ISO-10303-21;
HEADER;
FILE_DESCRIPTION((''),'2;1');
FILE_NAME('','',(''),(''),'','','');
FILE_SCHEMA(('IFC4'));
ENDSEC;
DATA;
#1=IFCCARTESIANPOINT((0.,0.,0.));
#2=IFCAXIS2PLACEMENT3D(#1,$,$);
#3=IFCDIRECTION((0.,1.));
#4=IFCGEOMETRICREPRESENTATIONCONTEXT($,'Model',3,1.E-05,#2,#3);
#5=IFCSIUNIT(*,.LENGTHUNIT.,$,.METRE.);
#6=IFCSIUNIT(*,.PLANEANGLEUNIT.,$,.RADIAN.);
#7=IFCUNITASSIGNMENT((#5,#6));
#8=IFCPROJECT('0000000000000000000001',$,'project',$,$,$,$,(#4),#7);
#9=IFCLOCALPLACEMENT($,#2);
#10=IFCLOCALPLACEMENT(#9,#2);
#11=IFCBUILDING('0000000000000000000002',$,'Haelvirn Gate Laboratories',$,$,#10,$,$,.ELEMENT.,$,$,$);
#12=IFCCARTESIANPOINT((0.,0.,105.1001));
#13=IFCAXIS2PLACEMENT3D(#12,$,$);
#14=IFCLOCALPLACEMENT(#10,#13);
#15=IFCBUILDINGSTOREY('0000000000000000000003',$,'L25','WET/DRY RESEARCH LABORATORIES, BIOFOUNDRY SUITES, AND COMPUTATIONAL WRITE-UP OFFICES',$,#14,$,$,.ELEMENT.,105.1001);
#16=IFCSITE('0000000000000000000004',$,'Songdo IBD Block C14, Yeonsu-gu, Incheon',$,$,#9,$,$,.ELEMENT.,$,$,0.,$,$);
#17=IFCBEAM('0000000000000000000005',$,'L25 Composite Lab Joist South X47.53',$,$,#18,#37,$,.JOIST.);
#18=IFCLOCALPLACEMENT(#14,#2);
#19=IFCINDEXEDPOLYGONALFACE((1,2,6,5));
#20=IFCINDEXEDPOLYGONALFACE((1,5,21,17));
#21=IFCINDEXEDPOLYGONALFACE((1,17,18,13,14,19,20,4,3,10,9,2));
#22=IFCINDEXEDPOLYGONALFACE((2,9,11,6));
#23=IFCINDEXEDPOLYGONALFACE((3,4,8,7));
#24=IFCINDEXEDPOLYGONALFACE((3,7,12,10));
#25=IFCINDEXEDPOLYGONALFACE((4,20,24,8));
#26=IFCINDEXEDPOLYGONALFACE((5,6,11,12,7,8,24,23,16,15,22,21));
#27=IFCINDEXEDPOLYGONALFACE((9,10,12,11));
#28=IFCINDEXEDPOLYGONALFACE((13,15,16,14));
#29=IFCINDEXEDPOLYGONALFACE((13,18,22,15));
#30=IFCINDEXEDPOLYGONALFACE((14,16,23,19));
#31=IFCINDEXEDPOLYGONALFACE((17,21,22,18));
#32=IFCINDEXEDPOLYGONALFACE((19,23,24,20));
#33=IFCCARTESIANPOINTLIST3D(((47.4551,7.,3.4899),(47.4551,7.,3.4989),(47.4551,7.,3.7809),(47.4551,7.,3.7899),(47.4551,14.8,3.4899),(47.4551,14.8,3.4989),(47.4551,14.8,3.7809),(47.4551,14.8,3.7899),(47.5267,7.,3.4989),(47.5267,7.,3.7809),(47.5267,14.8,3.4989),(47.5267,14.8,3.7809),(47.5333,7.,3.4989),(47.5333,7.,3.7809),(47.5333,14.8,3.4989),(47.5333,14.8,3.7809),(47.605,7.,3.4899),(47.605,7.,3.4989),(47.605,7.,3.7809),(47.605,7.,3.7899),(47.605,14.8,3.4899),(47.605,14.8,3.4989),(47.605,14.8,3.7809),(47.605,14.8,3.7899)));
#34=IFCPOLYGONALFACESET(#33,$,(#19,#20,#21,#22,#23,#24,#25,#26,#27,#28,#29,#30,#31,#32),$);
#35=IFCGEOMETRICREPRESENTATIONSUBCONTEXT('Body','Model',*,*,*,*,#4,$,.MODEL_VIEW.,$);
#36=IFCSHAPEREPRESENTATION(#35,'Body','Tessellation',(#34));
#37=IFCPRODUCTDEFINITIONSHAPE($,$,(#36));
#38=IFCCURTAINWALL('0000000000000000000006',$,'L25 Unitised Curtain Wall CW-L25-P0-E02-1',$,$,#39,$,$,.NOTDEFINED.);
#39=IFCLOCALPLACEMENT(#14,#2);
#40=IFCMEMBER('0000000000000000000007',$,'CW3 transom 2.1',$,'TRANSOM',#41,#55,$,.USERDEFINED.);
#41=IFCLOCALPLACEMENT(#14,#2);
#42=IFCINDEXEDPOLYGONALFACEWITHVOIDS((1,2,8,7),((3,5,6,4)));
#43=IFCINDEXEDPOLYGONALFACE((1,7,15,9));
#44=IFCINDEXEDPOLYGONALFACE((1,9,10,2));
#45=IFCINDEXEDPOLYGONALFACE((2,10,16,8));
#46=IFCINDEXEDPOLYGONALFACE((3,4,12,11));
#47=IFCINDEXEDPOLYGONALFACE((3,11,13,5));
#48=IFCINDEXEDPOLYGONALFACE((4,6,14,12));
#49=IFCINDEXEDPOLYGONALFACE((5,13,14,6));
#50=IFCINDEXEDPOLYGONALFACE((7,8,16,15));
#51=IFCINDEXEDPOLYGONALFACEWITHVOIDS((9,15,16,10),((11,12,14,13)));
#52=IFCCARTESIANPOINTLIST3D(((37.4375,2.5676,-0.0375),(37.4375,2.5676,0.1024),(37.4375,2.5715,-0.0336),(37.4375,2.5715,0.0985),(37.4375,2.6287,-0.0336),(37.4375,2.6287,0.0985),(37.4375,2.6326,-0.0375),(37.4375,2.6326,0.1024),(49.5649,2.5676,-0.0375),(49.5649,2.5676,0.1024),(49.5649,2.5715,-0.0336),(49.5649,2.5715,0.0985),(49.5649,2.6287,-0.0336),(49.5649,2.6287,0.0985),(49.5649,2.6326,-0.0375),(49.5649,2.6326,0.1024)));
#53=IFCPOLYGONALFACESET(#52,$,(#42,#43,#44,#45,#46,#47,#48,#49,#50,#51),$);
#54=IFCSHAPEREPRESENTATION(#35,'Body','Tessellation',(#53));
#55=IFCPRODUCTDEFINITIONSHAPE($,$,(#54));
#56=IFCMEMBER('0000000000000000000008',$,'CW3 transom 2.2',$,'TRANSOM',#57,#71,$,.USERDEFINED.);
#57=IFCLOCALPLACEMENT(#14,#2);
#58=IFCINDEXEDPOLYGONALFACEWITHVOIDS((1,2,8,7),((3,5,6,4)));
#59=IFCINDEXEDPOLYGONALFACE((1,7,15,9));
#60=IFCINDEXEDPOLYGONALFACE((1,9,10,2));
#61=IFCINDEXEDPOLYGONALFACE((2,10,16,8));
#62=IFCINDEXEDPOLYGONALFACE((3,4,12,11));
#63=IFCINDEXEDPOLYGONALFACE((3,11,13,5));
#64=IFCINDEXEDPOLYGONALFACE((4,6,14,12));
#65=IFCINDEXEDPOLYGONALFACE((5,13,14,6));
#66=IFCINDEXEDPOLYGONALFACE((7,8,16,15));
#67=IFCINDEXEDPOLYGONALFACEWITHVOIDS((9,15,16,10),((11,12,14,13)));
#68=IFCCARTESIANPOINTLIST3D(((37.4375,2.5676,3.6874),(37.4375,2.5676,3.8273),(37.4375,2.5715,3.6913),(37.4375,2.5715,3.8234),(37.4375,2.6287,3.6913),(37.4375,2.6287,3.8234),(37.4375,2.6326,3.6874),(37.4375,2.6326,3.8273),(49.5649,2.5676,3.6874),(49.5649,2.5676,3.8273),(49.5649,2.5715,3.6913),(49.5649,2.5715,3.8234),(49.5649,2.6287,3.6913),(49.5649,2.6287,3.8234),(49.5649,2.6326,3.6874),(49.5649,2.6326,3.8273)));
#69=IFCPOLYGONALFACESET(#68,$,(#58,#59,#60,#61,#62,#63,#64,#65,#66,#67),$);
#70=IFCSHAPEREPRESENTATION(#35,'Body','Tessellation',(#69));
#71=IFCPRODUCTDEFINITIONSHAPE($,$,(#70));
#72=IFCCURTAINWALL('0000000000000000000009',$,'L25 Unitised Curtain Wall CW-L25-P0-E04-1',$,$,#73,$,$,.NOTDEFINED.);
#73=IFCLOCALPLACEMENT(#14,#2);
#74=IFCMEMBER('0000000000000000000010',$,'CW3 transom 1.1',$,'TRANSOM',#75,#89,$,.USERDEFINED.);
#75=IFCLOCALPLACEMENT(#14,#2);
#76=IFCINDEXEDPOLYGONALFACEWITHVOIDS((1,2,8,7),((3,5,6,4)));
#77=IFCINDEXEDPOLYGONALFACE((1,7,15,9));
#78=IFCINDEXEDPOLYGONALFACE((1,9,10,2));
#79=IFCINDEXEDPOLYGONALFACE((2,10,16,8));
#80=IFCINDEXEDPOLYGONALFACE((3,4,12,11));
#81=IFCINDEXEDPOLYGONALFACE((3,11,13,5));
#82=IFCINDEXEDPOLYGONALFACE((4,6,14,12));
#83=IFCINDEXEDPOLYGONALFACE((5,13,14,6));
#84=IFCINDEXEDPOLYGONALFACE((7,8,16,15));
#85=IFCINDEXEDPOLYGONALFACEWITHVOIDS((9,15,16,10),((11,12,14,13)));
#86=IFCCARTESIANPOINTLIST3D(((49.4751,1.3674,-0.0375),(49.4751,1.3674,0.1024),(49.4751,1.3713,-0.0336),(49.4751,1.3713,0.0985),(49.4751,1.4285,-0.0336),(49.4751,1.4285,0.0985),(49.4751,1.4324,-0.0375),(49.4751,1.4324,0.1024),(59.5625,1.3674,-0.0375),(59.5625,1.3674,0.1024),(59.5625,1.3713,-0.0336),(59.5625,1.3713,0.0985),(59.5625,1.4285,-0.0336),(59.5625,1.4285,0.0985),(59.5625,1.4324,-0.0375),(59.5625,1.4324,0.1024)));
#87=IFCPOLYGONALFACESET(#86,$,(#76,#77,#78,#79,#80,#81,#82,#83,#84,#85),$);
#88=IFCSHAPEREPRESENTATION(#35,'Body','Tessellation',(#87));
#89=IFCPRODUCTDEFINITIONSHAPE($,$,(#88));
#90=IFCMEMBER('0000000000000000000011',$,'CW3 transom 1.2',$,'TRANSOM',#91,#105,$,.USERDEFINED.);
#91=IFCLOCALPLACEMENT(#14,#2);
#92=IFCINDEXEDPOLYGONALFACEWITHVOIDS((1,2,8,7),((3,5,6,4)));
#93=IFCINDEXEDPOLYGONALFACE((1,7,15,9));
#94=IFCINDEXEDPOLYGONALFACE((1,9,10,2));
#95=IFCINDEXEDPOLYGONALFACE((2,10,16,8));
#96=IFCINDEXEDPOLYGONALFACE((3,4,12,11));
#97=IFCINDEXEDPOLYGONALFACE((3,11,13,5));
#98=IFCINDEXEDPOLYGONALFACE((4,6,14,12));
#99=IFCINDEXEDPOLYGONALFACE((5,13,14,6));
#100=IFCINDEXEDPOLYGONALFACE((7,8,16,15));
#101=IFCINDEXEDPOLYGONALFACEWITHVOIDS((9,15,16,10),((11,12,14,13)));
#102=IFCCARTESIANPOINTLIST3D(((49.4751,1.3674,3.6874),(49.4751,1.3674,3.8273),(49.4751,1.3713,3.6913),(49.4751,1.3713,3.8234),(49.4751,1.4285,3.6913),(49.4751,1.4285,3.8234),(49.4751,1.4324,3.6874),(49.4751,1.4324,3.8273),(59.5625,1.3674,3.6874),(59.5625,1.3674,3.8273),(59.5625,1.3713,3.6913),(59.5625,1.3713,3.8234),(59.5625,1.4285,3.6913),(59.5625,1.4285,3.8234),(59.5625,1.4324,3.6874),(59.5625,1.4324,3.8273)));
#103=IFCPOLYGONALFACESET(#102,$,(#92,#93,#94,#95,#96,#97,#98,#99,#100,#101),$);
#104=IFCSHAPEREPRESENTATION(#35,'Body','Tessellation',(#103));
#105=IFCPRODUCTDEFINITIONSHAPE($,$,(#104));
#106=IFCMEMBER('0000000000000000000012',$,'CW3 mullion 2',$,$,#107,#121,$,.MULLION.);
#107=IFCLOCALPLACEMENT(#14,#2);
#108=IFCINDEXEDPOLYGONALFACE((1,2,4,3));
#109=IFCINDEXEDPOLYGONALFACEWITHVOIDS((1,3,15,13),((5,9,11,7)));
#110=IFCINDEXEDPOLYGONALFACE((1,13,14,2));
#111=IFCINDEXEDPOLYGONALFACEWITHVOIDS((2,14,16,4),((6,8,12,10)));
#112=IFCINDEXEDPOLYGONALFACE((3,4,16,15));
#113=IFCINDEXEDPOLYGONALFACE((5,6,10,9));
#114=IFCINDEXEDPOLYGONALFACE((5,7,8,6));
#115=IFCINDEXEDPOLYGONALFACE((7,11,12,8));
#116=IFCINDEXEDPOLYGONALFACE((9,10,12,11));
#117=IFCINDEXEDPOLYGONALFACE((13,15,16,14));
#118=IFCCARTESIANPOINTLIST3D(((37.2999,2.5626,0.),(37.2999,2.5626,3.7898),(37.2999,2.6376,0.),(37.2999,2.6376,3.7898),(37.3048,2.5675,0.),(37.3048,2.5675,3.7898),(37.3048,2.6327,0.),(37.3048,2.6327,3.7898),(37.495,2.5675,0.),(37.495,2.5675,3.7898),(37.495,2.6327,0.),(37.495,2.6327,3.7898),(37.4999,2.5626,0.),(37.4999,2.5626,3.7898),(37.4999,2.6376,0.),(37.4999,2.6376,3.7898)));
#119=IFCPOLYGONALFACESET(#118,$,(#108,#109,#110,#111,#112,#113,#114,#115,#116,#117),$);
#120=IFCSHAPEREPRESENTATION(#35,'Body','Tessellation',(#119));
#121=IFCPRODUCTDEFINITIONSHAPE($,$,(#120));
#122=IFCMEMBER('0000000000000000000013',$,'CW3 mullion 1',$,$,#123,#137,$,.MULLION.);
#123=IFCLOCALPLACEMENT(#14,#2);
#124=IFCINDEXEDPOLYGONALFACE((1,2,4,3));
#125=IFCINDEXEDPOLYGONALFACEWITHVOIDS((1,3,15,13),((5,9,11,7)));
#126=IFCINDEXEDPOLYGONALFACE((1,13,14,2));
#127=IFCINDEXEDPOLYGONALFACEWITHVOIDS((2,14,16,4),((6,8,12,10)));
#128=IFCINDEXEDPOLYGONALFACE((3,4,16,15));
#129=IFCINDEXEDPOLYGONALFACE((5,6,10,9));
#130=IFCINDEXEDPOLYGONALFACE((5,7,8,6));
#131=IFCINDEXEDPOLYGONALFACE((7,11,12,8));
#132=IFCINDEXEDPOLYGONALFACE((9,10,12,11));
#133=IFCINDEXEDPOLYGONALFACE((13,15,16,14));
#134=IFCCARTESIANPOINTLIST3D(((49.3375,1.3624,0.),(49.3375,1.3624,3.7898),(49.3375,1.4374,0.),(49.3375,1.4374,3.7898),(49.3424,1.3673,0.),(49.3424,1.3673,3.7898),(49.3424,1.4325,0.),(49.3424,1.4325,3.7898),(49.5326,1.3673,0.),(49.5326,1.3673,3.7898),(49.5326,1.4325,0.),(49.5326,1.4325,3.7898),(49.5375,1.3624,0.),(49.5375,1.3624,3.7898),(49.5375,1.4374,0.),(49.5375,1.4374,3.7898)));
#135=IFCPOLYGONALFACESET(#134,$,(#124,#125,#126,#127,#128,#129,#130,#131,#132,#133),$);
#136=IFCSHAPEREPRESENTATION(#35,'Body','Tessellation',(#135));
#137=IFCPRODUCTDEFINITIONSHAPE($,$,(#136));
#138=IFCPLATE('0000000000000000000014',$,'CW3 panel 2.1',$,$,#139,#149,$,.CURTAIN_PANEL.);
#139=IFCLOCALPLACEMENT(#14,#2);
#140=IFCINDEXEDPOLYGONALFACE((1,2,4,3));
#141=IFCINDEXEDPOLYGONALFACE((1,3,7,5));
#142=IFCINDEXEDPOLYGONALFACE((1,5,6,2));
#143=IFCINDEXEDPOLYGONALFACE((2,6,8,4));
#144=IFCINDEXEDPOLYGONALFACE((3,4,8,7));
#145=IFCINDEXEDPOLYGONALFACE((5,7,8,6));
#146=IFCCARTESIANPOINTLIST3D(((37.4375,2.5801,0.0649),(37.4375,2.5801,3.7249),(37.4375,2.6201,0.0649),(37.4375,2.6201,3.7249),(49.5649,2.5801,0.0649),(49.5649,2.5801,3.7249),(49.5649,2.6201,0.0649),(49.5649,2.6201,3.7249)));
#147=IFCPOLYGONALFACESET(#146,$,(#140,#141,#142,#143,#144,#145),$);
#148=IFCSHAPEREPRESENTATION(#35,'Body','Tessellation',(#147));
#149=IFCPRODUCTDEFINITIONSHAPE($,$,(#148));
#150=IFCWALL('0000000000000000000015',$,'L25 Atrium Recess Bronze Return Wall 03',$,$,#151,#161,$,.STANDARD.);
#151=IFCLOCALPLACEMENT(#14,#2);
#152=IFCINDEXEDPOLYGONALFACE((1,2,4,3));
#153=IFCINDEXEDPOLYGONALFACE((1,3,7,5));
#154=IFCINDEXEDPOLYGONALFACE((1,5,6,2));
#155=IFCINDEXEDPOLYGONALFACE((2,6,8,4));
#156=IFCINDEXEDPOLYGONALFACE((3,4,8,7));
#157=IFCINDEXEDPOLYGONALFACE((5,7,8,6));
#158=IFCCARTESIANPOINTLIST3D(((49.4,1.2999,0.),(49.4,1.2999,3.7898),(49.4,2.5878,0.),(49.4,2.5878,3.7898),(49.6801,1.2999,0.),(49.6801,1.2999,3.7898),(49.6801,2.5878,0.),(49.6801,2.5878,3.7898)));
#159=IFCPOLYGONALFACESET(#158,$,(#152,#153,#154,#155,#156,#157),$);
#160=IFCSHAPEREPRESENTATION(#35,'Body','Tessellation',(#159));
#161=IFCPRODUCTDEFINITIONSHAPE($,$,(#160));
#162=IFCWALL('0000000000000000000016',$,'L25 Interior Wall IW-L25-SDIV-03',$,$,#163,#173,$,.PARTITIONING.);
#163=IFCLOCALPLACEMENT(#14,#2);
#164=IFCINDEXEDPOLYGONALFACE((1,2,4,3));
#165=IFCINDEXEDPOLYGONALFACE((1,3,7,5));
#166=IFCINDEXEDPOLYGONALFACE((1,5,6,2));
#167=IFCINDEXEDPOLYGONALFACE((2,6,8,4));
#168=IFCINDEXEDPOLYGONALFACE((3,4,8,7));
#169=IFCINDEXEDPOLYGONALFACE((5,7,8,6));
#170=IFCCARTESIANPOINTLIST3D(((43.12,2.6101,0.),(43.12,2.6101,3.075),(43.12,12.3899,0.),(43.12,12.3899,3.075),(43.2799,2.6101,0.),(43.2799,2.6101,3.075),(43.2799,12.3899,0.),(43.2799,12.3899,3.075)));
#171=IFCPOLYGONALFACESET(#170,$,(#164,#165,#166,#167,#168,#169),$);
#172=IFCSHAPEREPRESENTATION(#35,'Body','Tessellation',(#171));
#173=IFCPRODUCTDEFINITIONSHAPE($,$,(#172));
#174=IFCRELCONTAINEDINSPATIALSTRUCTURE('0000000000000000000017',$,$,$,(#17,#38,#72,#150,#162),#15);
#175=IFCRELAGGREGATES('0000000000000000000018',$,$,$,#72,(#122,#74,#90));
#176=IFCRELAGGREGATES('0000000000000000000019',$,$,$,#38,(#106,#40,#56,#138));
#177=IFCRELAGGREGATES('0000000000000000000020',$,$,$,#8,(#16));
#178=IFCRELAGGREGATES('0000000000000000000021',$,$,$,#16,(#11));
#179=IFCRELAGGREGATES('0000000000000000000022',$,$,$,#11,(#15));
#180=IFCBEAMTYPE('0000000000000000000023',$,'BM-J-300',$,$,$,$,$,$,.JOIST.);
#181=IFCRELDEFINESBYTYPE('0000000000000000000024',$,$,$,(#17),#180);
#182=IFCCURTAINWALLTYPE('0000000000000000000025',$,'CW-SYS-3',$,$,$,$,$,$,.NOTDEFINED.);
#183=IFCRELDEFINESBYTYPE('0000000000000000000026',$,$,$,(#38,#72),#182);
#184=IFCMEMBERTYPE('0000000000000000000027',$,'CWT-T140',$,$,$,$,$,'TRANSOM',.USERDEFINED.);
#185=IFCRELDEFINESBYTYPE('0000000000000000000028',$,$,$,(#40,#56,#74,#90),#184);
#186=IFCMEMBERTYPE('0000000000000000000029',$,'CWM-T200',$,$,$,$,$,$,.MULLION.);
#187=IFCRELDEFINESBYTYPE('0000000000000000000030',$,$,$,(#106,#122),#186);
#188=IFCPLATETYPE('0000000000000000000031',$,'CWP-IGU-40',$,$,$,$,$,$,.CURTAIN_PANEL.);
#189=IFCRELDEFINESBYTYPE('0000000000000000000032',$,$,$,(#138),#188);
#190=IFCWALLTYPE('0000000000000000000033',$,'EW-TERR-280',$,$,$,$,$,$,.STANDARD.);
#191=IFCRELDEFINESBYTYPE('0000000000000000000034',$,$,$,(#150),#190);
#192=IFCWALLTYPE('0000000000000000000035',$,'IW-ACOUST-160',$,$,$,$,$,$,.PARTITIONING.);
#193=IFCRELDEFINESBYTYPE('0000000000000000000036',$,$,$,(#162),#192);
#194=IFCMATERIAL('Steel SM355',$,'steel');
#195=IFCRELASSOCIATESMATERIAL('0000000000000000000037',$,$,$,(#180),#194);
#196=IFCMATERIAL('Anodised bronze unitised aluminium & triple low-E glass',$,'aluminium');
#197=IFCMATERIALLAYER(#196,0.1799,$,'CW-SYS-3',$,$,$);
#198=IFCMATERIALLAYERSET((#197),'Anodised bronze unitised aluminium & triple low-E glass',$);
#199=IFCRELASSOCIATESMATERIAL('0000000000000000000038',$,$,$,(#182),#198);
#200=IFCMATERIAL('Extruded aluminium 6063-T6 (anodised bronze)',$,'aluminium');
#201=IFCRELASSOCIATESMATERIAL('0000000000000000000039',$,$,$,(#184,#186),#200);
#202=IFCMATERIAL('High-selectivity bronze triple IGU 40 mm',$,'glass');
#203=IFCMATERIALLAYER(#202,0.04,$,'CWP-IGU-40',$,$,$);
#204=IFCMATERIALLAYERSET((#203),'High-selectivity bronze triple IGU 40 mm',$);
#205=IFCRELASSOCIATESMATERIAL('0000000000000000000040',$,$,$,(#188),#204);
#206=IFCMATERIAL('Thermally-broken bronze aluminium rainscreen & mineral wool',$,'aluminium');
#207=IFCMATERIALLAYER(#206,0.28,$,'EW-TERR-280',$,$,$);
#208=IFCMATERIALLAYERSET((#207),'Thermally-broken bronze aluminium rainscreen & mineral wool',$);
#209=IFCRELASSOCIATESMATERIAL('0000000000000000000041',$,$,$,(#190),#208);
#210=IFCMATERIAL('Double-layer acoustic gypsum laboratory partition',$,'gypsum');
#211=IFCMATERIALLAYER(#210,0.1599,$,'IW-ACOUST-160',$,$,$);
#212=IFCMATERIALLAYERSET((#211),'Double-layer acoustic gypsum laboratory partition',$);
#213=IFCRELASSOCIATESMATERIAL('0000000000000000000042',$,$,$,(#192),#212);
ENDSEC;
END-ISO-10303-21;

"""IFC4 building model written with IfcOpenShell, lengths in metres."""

from ifc_helpers import new_model, si_unit, direction, frame, frame_2d, origin, origin_2d, place, context, subcontext, project, spatial, rectangle, hollow_rectangle, i_section, extrude, source, transform, mapped, material, layer, layer_set, material_profile, profile_set, type_object, type_shapes, element, aggregate, save


model = new_model("IFC4")

# Units and contexts
model_context = context("Model", 3, precision=1e-05, world=origin(), true_north=direction((0.0, 1.0)))
body_context = subcontext(model_context, "Body", "Model", "MODEL_VIEW")
ifc_project = project(units=[si_unit("LENGTHUNIT", "METRE"), si_unit("PLANEANGLEUNIT", "RADIAN")], contexts=[model_context])

# Site, building, storey
site_placement = place(None, origin())
site = spatial("IfcSite", under=ifc_project, at=site_placement, Name="Songdo IBD Block C14, Yeonsu-gu, Incheon", CompositionType="ELEMENT", RefElevation=0.0)
building_placement = place(site_placement, origin())
building = spatial("IfcBuilding", under=site, at=building_placement, Name="Haelvirn Gate Laboratories", CompositionType="ELEMENT")
storey_placement = place(building_placement, frame((0.0, 0.0, 105.1001)))
storey = spatial("IfcBuildingStorey", under=building, at=storey_placement, Name="L25", Description="WET/DRY RESEARCH LABORATORIES, BIOFOUNDRY SUITES, AND COMPUTATIONAL WRITE-UP OFFICES", CompositionType="ELEMENT", Elevation=105.1001)

# Shared definitions
ifc_material_1 = material(Name="Steel SM355", Category="steel")

# Beam
ifc_material_profile_1 = material_profile(ifc_material_1, i_section(OverallWidth=0.1499, OverallDepth=0.3, WebThickness=0.0066, FlangeThickness=0.009, at=origin_2d()), Name="H-300x150x6.5x9")
ifc_profile_set_1 = profile_set([ifc_material_profile_1], Name="Steel SM355")
beam_type_1 = type_object("IfcBeamType", Name="BM-J-300", PredefinedType="JOIST", material=ifc_profile_set_1)
shared_shape_1 = source(origin(), body_context, "Body", "SweptSolid", [
    extrude(i_section(OverallWidth=0.1499, OverallDepth=0.3, WebThickness=0.0066, FlangeThickness=0.009, at=origin_2d()), origin(), (0.0, 0.0, 1.0), 7.8),
])
type_shapes(beam_type_1, [shared_shape_1])
for number, where, z_axis, x_axis, name in (
    (1, (47.53, 7.0, 3.6399), (0.0, 1.0, 0.0), (-1.0, 0.0, 0.0), "L25 Composite Lab Joist South X47.53"),
):
    element("IfcBeam", number, at=place(storey_placement, frame(where, z_axis=z_axis, x_axis=x_axis)), inside=storey, type_object=beam_type_1, Name=name, PredefinedType="JOIST", context=body_context, shape_type="MappedRepresentation", body=[
        mapped(shared_shape_1, transform((0.0, 0.0, 0.0), scale=1.0)),
    ])

# Curtain walls, members
ifc_material_2 = material(Name="Anodised bronze unitised aluminium & triple low-E glass", Category="aluminium")
ifc_layer_1 = layer(ifc_material_2, 0.1799, Name="CW-SYS-3")
ifc_layer_set_1 = layer_set([ifc_layer_1], Name="Anodised bronze unitised aluminium & triple low-E glass")
curtain_wall_type = type_object("IfcCurtainWallType", Name="CW-SYS-3", PredefinedType="NOTDEFINED", material=ifc_layer_set_1)
curtain_wall_1_placement = place(storey_placement, origin())
curtain_wall_1 = element("IfcCurtainWall", 2, at=curtain_wall_1_placement, inside=storey, type_object=curtain_wall_type, Name="L25 Unitised Curtain Wall CW-L25-P0-E02-1", PredefinedType="NOTDEFINED")
ifc_material_3 = material(Name="Extruded aluminium 6063-T6 (anodised bronze)", Category="aluminium")
ifc_material_profile_2 = material_profile(ifc_material_3, hollow_rectangle(XDim=0.0649, YDim=0.1399, WallThickness=0.0039, at=origin_2d()), Name="CWT-140x65x4")
ifc_profile_set_2 = profile_set([ifc_material_profile_2], Name="Extruded aluminium 6063-T6 (anodised bronze)")
member_type_1 = type_object("IfcMemberType", Name="CWT-T140", ElementType="TRANSOM", PredefinedType="USERDEFINED", material=ifc_profile_set_2)
shared_shape_2 = source(origin(), body_context, "Body", "SweptSolid", [
    extrude(hollow_rectangle(XDim=0.0649, YDim=0.1399, WallThickness=0.0039, at=origin_2d()), origin(), (0.0, 0.0, 1.0), 12.1274),
])
member_1_placement = place(storey_placement, frame((37.4375, 2.6001, 0.0325), z_axis=(1.0, 0.0, 0.0), x_axis=(0.0, 1.0, 0.0)))
member_1 = element("IfcMember", 3, at=member_1_placement, type_object=member_type_1, Name="CW3 transom 2.1", ObjectType="TRANSOM", PredefinedType="USERDEFINED", context=body_context, shape_type="MappedRepresentation", body=[
    mapped(shared_shape_2, transform((0.0, 0.0, 0.0), scale=1.0)),
])
member_2_placement = place(storey_placement, frame((37.4375, 2.6001, 3.7573), z_axis=(1.0, 0.0, 0.0), x_axis=(0.0, 1.0, 0.0)))
member_2 = element("IfcMember", 4, at=member_2_placement, type_object=member_type_1, Name="CW3 transom 2.2", ObjectType="TRANSOM", PredefinedType="USERDEFINED", context=body_context, shape_type="MappedRepresentation", body=[
    mapped(shared_shape_2, transform((0.0, 0.0, 0.0), scale=1.0)),
])
curtain_wall_2_placement = place(storey_placement, origin())
curtain_wall_2 = element("IfcCurtainWall", 5, at=curtain_wall_2_placement, inside=storey, type_object=curtain_wall_type, Name="L25 Unitised Curtain Wall CW-L25-P0-E04-1", PredefinedType="NOTDEFINED")
shared_shape_3 = source(origin(), body_context, "Body", "SweptSolid", [
    extrude(hollow_rectangle(XDim=0.0649, YDim=0.1399, WallThickness=0.0039, at=origin_2d()), origin(), (0.0, 0.0, 1.0), 10.0874),
])
type_shapes(member_type_1, [shared_shape_2, shared_shape_3])
member_3_placement = place(storey_placement, frame((49.4751, 1.3999, 0.0325), z_axis=(1.0, 0.0, 0.0), x_axis=(0.0, 1.0, 0.0)))
member_3 = element("IfcMember", 6, at=member_3_placement, type_object=member_type_1, Name="CW3 transom 1.1", ObjectType="TRANSOM", PredefinedType="USERDEFINED", context=body_context, shape_type="MappedRepresentation", body=[
    mapped(shared_shape_3, transform((0.0, 0.0, 0.0), scale=1.0)),
])
member_4_placement = place(storey_placement, frame((49.4751, 1.3999, 3.7573), z_axis=(1.0, 0.0, 0.0), x_axis=(0.0, 1.0, 0.0)))
member_4 = element("IfcMember", 7, at=member_4_placement, type_object=member_type_1, Name="CW3 transom 1.2", ObjectType="TRANSOM", PredefinedType="USERDEFINED", context=body_context, shape_type="MappedRepresentation", body=[
    mapped(shared_shape_3, transform((0.0, 0.0, 0.0), scale=1.0)),
])

# Members
ifc_material_profile_3 = material_profile(ifc_material_3, hollow_rectangle(XDim=0.075, YDim=0.2, WallThickness=0.0049, at=origin_2d()), Name="CWM-200x75x5")
ifc_profile_set_3 = profile_set([ifc_material_profile_3], Name="Extruded aluminium 6063-T6 (anodised bronze)")
member_type_2 = type_object("IfcMemberType", Name="CWM-T200", PredefinedType="MULLION", material=ifc_profile_set_3)
shared_shape_4 = source(origin(), body_context, "Body", "SweptSolid", [
    extrude(hollow_rectangle(XDim=0.075, YDim=0.2, WallThickness=0.0049, at=origin_2d()), origin(), (0.0, 0.0, 1.0), 3.7898),
])
type_shapes(member_type_2, [shared_shape_4])
member_5_placement = place(storey_placement, frame((37.3999, 2.6001, 0.0), z_axis=(0.0, 0.0, 1.0), x_axis=(0.0, 1.0, 0.0)))
member_5 = element("IfcMember", 8, at=member_5_placement, type_object=member_type_2, Name="CW3 mullion 2", PredefinedType="MULLION", context=body_context, shape_type="MappedRepresentation", body=[
    mapped(shared_shape_4, transform((0.0, 0.0, 0.0), scale=1.0)),
])
member_6_placement = place(storey_placement, frame((49.4375, 1.3999, 0.0), z_axis=(0.0, 0.0, 1.0), x_axis=(0.0, 1.0, 0.0)))
member_6 = element("IfcMember", 9, at=member_6_placement, type_object=member_type_2, Name="CW3 mullion 1", PredefinedType="MULLION", context=body_context, shape_type="MappedRepresentation", body=[
    mapped(shared_shape_4, transform((0.0, 0.0, 0.0), scale=1.0)),
])
aggregate(curtain_wall_2, [member_6, member_3, member_4])

# Plate
ifc_material_4 = material(Name="High-selectivity bronze triple IGU 40 mm", Category="glass")
ifc_layer_2 = layer(ifc_material_4, 0.04, Name="CWP-IGU-40")
ifc_layer_set_2 = layer_set([ifc_layer_2], Name="High-selectivity bronze triple IGU 40 mm")
plate_type = type_object("IfcPlateType", Name="CWP-IGU-40", PredefinedType="CURTAIN_PANEL", material=ifc_layer_set_2)
shared_shape_5 = source(origin(), body_context, "Body", "SweptSolid", [
    extrude(rectangle(XDim=12.1274, YDim=0.04, at=origin_2d()), origin(), (0.0, 0.0, 1.0), 3.6599),
])
type_shapes(plate_type, [shared_shape_5])
plate_placement = place(storey_placement, frame((43.5012, 2.6001, 0.0649), z_axis=(0.0, 0.0, 1.0), x_axis=(1.0, 0.0, 0.0)))
plate = element("IfcPlate", 10, at=plate_placement, type_object=plate_type, Name="CW3 panel 2.1", PredefinedType="CURTAIN_PANEL", context=body_context, shape_type="MappedRepresentation", body=[
    mapped(shared_shape_5, transform((0.0, 0.0, 0.0), scale=1.0)),
])
aggregate(curtain_wall_1, [member_5, member_1, member_2, plate])

# Walls
ifc_material_5 = material(Name="Thermally-broken bronze aluminium rainscreen & mineral wool", Category="aluminium")
ifc_layer_3 = layer(ifc_material_5, 0.28, Name="EW-TERR-280")
ifc_layer_set_3 = layer_set([ifc_layer_3], Name="Thermally-broken bronze aluminium rainscreen & mineral wool")
wall_type_1 = type_object("IfcWallType", Name="EW-TERR-280", PredefinedType="STANDARD", material=ifc_layer_set_3)
wall_1_placement = place(storey_placement, frame((49.54, 2.5879, 0.0), z_axis=(0.0, 0.0, 1.0), x_axis=(0.0, -1.0, 0.0)))
element("IfcWall", 11, at=wall_1_placement, inside=storey, type_object=wall_type_1, Name="L25 Atrium Recess Bronze Return Wall 03", PredefinedType="STANDARD", context=body_context, shape_type="SweptSolid", body=[
    extrude(rectangle(XDim=1.2878, YDim=0.28, at=frame_2d((0.644, 0.0))), origin(), (0.0, 0.0, 1.0), 3.7898),
])
ifc_material_6 = material(Name="Double-layer acoustic gypsum laboratory partition", Category="gypsum")
ifc_layer_4 = layer(ifc_material_6, 0.1599, Name="IW-ACOUST-160")
ifc_layer_set_4 = layer_set([ifc_layer_4], Name="Double-layer acoustic gypsum laboratory partition")
wall_type_2 = type_object("IfcWallType", Name="IW-ACOUST-160", PredefinedType="PARTITIONING", material=ifc_layer_set_4)
wall_2_placement = place(storey_placement, frame((43.2, 2.6101, 0.0), z_axis=(0.0, 0.0, 1.0), x_axis=(0.0, 1.0, 0.0)))
element("IfcWall", 12, at=wall_2_placement, inside=storey, type_object=wall_type_2, Name="L25 Interior Wall IW-L25-SDIV-03", PredefinedType="PARTITIONING", context=body_context, shape_type="SweptSolid", body=[
    extrude(rectangle(XDim=9.7798, YDim=0.1599, at=frame_2d((4.8899, 0.0))), origin(), (0.0, 0.0, 1.0), 3.075),
])

save(model, "model.ifc")
